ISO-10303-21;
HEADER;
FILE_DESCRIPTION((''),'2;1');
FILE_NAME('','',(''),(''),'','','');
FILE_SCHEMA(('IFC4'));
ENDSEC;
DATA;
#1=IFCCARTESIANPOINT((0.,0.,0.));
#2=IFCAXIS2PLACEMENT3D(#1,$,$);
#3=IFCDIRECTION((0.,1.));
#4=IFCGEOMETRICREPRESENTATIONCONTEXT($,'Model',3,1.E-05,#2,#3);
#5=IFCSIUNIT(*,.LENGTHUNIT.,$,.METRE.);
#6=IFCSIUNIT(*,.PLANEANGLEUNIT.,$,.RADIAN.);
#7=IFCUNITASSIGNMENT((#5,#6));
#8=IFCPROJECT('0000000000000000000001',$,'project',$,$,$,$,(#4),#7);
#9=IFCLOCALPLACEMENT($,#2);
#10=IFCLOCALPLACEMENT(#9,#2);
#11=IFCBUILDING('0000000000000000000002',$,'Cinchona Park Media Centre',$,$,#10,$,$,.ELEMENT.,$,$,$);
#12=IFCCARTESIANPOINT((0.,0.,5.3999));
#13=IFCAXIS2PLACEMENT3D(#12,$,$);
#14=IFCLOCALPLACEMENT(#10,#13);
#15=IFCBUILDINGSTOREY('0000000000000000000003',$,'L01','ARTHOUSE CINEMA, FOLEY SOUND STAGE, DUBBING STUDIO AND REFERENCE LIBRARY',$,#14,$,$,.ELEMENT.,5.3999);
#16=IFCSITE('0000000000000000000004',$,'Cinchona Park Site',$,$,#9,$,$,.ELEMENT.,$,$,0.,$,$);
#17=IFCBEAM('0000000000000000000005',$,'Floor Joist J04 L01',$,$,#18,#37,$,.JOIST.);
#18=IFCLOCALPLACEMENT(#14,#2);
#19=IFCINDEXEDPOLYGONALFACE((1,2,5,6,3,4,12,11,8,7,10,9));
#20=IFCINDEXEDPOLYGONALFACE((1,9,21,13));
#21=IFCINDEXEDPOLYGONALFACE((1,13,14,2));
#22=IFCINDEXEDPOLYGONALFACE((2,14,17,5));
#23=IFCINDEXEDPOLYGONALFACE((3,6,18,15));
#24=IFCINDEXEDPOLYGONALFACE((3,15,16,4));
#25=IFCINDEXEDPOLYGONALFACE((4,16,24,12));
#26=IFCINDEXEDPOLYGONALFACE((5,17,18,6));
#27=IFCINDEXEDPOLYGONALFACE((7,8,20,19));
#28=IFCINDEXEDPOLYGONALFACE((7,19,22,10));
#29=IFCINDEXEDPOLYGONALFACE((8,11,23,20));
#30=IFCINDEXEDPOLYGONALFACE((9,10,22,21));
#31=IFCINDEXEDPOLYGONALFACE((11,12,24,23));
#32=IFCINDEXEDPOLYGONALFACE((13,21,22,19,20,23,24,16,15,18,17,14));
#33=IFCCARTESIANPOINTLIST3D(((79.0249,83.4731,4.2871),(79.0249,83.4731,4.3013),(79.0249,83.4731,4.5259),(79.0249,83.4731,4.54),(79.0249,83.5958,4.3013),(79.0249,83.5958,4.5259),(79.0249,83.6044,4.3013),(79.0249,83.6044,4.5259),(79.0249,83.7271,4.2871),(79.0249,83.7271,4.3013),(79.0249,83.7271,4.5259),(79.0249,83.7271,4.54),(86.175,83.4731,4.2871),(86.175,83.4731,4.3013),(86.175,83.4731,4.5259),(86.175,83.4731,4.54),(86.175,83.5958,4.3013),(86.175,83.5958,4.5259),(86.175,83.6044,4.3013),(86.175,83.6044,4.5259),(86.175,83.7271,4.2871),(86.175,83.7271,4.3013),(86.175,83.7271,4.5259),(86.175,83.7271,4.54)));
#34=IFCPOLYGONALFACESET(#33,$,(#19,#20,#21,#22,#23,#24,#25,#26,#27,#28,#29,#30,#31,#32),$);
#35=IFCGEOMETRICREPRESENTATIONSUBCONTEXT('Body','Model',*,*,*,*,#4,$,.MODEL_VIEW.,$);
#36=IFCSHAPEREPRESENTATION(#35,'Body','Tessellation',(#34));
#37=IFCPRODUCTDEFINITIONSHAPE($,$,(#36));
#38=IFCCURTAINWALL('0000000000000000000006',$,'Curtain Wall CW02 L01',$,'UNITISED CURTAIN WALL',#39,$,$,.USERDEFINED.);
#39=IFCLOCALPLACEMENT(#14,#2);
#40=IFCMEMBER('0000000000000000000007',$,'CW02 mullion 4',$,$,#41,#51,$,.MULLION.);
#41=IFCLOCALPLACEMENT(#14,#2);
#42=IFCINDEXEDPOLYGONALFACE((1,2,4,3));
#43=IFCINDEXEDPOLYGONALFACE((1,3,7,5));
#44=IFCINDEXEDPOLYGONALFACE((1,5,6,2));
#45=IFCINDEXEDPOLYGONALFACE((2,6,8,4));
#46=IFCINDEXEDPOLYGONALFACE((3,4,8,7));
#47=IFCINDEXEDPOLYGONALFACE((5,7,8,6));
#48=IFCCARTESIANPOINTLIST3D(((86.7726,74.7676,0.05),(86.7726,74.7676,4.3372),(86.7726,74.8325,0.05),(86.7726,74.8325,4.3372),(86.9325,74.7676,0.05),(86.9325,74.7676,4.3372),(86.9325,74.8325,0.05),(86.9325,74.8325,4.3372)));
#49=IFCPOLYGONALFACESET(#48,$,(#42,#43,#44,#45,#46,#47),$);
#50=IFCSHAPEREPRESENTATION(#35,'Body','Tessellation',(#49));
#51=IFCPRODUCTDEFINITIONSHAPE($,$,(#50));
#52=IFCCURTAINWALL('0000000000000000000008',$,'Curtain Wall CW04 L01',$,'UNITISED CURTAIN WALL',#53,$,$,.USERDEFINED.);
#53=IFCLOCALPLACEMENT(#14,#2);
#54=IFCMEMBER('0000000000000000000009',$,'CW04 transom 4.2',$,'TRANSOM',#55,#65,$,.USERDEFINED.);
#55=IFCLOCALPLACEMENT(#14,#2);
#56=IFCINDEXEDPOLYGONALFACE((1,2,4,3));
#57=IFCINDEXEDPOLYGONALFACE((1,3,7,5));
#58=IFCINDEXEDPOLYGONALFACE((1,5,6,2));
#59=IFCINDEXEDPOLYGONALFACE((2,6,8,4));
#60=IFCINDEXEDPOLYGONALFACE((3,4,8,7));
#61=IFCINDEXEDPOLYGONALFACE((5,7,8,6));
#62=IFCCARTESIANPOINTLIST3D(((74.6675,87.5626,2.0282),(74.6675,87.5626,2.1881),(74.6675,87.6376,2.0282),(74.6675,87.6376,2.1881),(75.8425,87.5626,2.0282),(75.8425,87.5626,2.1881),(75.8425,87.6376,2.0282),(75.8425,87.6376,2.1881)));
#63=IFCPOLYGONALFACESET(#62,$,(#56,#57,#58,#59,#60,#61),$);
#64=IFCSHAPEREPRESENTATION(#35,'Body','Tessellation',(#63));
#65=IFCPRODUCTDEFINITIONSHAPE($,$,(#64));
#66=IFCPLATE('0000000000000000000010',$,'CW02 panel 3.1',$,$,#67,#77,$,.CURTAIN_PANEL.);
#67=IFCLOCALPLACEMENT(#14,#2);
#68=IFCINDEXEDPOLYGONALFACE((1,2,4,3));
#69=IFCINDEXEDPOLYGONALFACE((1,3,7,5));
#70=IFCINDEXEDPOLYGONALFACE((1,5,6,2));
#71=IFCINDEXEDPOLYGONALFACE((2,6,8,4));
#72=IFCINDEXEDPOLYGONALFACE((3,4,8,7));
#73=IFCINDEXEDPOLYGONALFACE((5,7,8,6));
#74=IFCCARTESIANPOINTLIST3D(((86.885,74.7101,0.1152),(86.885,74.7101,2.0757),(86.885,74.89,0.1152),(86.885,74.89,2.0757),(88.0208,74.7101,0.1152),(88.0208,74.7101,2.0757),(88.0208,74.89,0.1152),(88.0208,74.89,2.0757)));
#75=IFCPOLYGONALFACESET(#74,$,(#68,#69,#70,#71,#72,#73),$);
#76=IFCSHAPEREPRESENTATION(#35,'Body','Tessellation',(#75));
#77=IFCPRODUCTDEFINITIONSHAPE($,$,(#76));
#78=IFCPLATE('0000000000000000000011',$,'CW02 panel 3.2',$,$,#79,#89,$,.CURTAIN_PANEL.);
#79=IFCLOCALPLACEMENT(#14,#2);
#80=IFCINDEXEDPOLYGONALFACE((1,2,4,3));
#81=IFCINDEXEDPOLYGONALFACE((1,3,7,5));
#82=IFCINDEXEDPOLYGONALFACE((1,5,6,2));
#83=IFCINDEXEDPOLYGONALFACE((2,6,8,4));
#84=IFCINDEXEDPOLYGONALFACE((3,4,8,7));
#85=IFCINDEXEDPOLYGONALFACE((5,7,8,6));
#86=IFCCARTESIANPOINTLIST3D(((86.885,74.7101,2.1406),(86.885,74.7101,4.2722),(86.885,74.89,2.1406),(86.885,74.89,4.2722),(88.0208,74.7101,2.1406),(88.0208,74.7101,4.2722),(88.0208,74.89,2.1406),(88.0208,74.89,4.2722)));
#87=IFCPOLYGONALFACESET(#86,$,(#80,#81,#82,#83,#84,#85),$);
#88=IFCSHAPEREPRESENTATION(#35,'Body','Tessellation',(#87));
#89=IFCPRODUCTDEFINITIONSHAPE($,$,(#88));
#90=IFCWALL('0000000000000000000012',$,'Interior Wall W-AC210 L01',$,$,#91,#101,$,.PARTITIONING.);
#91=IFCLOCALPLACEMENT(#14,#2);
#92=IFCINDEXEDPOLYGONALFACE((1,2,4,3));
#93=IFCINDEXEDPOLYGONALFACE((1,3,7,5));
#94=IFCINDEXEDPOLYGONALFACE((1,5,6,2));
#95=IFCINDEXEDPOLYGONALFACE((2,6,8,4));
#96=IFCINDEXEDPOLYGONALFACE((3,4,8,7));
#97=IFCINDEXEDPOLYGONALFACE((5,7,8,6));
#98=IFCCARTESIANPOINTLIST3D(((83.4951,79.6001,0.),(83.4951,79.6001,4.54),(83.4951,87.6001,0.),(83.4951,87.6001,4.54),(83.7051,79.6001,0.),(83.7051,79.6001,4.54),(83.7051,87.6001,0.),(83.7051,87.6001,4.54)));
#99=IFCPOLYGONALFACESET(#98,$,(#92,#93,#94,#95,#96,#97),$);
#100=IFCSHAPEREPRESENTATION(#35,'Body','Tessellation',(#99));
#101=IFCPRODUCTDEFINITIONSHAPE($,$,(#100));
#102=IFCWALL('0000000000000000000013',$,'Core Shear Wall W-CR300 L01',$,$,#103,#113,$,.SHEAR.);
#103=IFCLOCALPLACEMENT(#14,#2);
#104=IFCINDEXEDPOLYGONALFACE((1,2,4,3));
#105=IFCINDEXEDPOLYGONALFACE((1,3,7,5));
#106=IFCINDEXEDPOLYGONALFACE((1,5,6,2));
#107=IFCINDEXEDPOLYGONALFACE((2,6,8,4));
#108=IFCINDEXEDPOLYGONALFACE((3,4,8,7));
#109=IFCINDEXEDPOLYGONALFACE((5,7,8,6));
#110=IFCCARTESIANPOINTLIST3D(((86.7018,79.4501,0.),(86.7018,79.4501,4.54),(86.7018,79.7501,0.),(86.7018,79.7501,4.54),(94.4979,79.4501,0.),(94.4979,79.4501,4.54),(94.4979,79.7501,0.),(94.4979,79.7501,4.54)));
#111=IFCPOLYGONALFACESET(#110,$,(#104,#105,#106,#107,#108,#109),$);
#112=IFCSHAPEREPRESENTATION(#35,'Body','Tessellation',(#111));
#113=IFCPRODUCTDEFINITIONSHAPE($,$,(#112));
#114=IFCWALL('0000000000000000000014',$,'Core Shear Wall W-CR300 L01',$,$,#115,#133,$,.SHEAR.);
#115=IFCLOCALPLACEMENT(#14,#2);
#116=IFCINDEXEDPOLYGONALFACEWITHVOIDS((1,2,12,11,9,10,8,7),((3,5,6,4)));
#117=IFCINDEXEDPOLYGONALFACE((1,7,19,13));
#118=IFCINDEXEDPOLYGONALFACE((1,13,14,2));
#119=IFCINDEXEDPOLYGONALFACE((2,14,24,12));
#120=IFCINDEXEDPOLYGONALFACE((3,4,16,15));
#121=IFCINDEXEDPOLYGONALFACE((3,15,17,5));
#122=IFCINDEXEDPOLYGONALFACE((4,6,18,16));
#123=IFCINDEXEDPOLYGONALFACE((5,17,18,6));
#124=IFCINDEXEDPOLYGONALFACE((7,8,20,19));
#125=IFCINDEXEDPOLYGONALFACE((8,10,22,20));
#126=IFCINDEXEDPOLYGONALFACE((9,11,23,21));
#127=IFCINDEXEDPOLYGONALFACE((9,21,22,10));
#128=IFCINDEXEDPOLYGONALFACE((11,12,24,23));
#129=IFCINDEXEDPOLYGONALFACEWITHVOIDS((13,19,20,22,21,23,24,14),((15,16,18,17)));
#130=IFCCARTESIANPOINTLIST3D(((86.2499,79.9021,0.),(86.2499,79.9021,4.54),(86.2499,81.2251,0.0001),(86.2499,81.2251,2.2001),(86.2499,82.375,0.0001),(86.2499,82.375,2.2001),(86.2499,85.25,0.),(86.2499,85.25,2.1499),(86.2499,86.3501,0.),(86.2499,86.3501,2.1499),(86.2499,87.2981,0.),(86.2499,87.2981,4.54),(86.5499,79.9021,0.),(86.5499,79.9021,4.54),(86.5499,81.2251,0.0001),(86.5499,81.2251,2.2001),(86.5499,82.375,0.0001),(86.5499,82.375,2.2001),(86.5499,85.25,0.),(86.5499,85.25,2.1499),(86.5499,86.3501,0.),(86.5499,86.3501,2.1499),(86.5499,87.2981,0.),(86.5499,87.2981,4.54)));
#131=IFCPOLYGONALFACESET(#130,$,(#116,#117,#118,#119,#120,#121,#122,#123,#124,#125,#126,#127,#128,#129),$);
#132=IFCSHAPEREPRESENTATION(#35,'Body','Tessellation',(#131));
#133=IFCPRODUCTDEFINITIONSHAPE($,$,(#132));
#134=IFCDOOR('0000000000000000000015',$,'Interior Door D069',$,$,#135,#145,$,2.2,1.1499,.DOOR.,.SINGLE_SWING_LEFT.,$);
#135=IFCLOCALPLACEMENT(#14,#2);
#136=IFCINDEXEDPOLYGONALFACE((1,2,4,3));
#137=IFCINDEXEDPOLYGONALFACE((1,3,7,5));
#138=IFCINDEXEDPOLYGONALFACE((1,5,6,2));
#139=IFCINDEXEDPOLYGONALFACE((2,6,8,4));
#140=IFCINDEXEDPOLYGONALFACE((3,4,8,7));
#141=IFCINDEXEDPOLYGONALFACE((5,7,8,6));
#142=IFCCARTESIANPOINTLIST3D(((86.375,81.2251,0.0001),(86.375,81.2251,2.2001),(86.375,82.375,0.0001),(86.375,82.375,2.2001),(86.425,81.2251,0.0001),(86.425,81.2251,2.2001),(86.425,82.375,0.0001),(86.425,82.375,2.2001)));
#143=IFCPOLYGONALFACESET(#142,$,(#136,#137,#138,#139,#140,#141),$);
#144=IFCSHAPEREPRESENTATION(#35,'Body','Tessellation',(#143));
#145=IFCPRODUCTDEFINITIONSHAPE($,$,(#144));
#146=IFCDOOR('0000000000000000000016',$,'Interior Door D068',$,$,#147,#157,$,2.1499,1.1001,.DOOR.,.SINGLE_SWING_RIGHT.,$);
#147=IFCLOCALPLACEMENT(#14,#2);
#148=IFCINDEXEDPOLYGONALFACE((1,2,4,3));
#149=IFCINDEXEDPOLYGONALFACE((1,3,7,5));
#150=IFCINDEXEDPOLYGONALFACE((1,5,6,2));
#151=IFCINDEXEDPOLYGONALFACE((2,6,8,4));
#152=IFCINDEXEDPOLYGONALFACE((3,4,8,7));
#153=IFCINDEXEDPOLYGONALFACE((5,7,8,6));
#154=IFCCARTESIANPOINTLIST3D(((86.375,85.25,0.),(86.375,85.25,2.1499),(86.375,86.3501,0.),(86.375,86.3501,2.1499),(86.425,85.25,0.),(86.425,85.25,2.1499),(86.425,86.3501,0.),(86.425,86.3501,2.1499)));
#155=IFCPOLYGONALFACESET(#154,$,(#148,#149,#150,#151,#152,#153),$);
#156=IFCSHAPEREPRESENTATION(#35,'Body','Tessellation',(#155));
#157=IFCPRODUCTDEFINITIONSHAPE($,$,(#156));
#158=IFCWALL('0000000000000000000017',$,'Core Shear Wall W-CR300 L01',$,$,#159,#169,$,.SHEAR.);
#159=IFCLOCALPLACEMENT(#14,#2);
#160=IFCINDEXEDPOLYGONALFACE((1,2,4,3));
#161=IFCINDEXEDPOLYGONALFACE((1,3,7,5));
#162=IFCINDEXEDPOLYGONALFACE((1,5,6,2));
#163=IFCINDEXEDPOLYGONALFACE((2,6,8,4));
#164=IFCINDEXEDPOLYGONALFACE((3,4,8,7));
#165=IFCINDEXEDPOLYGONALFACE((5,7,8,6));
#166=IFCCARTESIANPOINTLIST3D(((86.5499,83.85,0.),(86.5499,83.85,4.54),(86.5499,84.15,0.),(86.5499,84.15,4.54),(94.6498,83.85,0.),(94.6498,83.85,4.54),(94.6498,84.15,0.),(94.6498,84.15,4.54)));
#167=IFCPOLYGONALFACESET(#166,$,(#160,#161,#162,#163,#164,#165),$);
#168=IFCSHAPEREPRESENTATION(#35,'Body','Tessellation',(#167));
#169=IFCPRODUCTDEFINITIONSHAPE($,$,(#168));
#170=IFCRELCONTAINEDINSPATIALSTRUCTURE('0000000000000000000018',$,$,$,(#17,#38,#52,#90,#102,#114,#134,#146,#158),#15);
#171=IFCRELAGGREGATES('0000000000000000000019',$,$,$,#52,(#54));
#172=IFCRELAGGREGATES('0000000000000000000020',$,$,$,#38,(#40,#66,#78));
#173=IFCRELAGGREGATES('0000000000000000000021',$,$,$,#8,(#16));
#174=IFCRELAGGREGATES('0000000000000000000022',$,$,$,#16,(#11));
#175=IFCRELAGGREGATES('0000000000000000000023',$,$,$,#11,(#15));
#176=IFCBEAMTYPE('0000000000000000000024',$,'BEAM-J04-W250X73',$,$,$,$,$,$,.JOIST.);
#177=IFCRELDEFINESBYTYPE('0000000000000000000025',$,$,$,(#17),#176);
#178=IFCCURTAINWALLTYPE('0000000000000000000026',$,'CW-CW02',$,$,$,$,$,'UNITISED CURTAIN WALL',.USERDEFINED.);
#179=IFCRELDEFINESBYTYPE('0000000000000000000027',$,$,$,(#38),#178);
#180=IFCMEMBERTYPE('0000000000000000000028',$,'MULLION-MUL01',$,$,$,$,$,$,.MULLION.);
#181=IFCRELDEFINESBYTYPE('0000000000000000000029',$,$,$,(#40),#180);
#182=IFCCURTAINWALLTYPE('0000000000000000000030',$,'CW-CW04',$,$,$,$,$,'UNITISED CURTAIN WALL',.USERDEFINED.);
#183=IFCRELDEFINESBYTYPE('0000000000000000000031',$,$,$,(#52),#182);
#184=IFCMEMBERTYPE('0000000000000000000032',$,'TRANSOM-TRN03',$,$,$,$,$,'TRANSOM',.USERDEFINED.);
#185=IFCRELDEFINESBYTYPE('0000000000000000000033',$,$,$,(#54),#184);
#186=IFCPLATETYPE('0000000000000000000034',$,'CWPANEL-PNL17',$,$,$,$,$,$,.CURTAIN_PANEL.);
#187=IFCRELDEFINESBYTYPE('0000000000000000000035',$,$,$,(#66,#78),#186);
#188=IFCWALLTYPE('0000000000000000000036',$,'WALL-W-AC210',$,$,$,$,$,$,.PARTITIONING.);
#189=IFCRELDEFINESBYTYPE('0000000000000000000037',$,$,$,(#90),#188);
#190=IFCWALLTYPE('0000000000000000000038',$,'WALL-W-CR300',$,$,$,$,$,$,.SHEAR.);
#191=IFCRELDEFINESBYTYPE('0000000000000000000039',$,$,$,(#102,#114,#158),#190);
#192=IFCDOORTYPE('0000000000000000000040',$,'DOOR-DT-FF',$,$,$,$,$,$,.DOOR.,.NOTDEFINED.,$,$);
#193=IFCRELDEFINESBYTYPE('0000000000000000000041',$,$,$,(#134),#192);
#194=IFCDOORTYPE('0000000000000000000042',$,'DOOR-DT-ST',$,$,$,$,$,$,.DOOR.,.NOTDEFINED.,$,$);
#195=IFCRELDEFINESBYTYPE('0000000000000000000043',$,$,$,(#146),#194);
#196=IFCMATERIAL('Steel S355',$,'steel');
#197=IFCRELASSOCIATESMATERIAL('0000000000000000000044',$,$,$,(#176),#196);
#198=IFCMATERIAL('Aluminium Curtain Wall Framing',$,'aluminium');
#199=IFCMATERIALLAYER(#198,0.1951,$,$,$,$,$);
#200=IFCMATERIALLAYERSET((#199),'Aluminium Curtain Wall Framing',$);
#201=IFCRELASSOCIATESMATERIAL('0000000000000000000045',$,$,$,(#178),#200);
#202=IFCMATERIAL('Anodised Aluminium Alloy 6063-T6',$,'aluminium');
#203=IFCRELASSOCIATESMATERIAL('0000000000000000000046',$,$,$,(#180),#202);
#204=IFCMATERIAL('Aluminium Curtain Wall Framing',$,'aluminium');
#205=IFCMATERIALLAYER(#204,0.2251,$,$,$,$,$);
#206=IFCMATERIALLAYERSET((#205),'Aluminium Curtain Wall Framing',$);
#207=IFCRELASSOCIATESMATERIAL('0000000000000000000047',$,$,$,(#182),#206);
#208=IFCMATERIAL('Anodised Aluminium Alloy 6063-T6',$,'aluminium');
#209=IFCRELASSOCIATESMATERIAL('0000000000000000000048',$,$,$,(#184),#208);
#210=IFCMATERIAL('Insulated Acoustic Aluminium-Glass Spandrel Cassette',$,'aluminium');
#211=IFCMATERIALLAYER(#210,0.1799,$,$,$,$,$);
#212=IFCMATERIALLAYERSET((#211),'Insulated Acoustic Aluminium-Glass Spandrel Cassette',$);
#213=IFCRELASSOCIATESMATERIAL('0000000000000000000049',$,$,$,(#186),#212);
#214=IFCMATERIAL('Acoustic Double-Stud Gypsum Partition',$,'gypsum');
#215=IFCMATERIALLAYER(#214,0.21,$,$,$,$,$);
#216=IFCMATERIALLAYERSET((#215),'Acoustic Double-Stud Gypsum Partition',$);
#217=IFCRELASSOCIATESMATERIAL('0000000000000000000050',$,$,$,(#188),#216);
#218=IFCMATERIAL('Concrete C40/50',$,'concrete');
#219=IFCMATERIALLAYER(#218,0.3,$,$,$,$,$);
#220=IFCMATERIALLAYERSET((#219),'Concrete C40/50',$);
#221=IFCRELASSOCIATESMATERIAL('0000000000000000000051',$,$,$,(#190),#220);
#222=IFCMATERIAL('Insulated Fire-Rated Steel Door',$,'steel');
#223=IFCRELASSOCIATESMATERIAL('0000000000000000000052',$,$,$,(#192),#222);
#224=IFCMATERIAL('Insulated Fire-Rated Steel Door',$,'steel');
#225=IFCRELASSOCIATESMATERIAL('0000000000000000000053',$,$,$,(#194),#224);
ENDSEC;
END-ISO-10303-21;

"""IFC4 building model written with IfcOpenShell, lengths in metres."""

from ifc_helpers import new_model, si_unit, direction, frame, frame_2d, origin, origin_2d, place, context, subcontext, project, spatial, rectangle, i_section, extrude, material, layer, layer_set, material_profile, profile_set, type_object, element, fill, aggregate, save


model = new_model("IFC4")

# Units and contexts
model_context = context("Model", 3, precision=1e-05, world=origin(), true_north=direction((0.0, 1.0)))
body_context = subcontext(model_context, "Body", "Model", "MODEL_VIEW")
ifc_project = project(units=[si_unit("LENGTHUNIT", "METRE"), si_unit("PLANEANGLEUNIT", "RADIAN")], contexts=[model_context])

# Site, building, storey
site_placement = place(None, origin())
site = spatial("IfcSite", under=ifc_project, at=site_placement, Name="Cinchona Park Site", CompositionType="ELEMENT", RefElevation=0.0)
building_placement = place(site_placement, origin())
building = spatial("IfcBuilding", under=site, at=building_placement, Name="Cinchona Park Media Centre", CompositionType="ELEMENT")
storey_placement = place(building_placement, frame((0.0, 0.0, 5.3999)))
storey = spatial("IfcBuildingStorey", under=building, at=storey_placement, Name="L01", Description="ARTHOUSE CINEMA, FOLEY SOUND STAGE, DUBBING STUDIO AND REFERENCE LIBRARY", CompositionType="ELEMENT", Elevation=5.3999)

# Beam
ifc_material_1 = material(Name="Steel S355", Category="steel")
ifc_material_profile_1 = material_profile(ifc_material_1, i_section(OverallWidth=0.2539, OverallDepth=0.2529, WebThickness=0.0085, FlangeThickness=0.0142, at=origin_2d()), Name="W250X73")
ifc_profile_set_1 = profile_set([ifc_material_profile_1], Name="Steel S355")
beam_type_1 = type_object("IfcBeamType", Name="BEAM-J04-W250X73", PredefinedType="JOIST", material=ifc_profile_set_1)
beam_1_placement = place(storey_placement, frame((79.0249, 83.6001, 4.4136), z_axis=(1.0, 0.0, 0.0), x_axis=(0.0, 1.0, 0.0)))
element("IfcBeam", 1, at=beam_1_placement, inside=storey, type_object=beam_type_1, Name="Floor Joist J04 L01", PredefinedType="JOIST", context=body_context, shape_type="SweptSolid", body=[
    extrude(i_section(OverallWidth=0.2539, OverallDepth=0.2529, WebThickness=0.0085, FlangeThickness=0.0142, at=origin_2d()), origin(), (0.0, 0.0, 1.0), 7.1501),
])

# Curtain walls, members
ifc_material_2 = material(Name="Aluminium Curtain Wall Framing", Category="aluminium")
ifc_layer_1 = layer(ifc_material_2, 0.1951)
ifc_layer_set_1 = layer_set([ifc_layer_1], Name="Aluminium Curtain Wall Framing")
curtain_wall_type_1 = type_object("IfcCurtainWallType", Name="CW-CW02", ElementType="UNITISED CURTAIN WALL", PredefinedType="USERDEFINED", material=ifc_layer_set_1)
curtain_wall_1_placement = place(storey_placement, origin())
curtain_wall_1 = element("IfcCurtainWall", 2, at=curtain_wall_1_placement, inside=storey, type_object=curtain_wall_type_1, Name="Curtain Wall CW02 L01", ObjectType="UNITISED CURTAIN WALL", PredefinedType="USERDEFINED")
ifc_material_3 = material(Name="Anodised Aluminium Alloy 6063-T6", Category="aluminium")
ifc_material_profile_2 = material_profile(ifc_material_3, rectangle(XDim=0.0649, YDim=0.1599, at=origin_2d()), Name="MUL-65X160")
ifc_profile_set_2 = profile_set([ifc_material_profile_2], Name="Anodised Aluminium Alloy 6063-T6")
member_type_1 = type_object("IfcMemberType", Name="MULLION-MUL01", PredefinedType="MULLION", material=ifc_profile_set_2)
member_1_placement = place(storey_placement, frame((86.8525, 74.8, 0.05), z_axis=(0.0, 0.0, 1.0), x_axis=(0.0, -1.0, 0.0)))
member_1 = element("IfcMember", 3, at=member_1_placement, type_object=member_type_1, Name="CW02 mullion 4", PredefinedType="MULLION", context=body_context, shape_type="SweptSolid", body=[
    extrude(rectangle(XDim=0.0649, YDim=0.1599, at=origin_2d()), origin(), (0.0, 0.0, 1.0), 4.2871),
])
ifc_material_4 = material(Name="Aluminium Curtain Wall Framing", Category="aluminium")
ifc_layer_2 = layer(ifc_material_4, 0.2251)
ifc_layer_set_2 = layer_set([ifc_layer_2], Name="Aluminium Curtain Wall Framing")
curtain_wall_type_2 = type_object("IfcCurtainWallType", Name="CW-CW04", ElementType="UNITISED CURTAIN WALL", PredefinedType="USERDEFINED", material=ifc_layer_set_2)
curtain_wall_2_placement = place(storey_placement, origin())
curtain_wall_2 = element("IfcCurtainWall", 4, at=curtain_wall_2_placement, inside=storey, type_object=curtain_wall_type_2, Name="Curtain Wall CW04 L01", ObjectType="UNITISED CURTAIN WALL", PredefinedType="USERDEFINED")
ifc_material_5 = material(Name="Anodised Aluminium Alloy 6063-T6", Category="aluminium")
ifc_material_profile_3 = material_profile(ifc_material_5, rectangle(XDim=0.075, YDim=0.1599, at=origin_2d()), Name="TRN-75X160")
ifc_profile_set_3 = profile_set([ifc_material_profile_3], Name="Anodised Aluminium Alloy 6063-T6")
member_type_2 = type_object("IfcMemberType", Name="TRANSOM-TRN03", ElementType="TRANSOM", PredefinedType="USERDEFINED", material=ifc_profile_set_3)
member_2_placement = place(storey_placement, frame((74.6675, 87.6001, 2.1082), z_axis=(1.0, 0.0, 0.0), x_axis=(0.0, 1.0, 0.0)))
member_2 = element("IfcMember", 5, at=member_2_placement, type_object=member_type_2, Name="CW04 transom 4.2", ObjectType="TRANSOM", PredefinedType="USERDEFINED", context=body_context, shape_type="SweptSolid", body=[
    extrude(rectangle(XDim=0.075, YDim=0.1599, at=origin_2d()), origin(), (0.0, 0.0, 1.0), 1.175),
])
aggregate(curtain_wall_2, [member_2])

# Plates
ifc_material_6 = material(Name="Insulated Acoustic Aluminium-Glass Spandrel Cassette", Category="aluminium")
ifc_layer_3 = layer(ifc_material_6, 0.1799)
ifc_layer_set_3 = layer_set([ifc_layer_3], Name="Insulated Acoustic Aluminium-Glass Spandrel Cassette")
plate_type = type_object("IfcPlateType", Name="CWPANEL-PNL17", PredefinedType="CURTAIN_PANEL", material=ifc_layer_set_3)
plate_1_placement = place(storey_placement, frame((87.4529, 74.8, 0.1152), z_axis=(0.0, 0.0, 1.0), x_axis=(-1.0, 0.0, 0.0)))
plate_1 = element("IfcPlate", 6, at=plate_1_placement, type_object=plate_type, Name="CW02 panel 3.1", PredefinedType="CURTAIN_PANEL", context=body_context, shape_type="SweptSolid", body=[
    extrude(rectangle(XDim=1.1357, YDim=0.1799, at=origin_2d()), origin(), (0.0, 0.0, 1.0), 1.9604),
])
plate_2_placement = place(storey_placement, frame((87.4529, 74.8, 2.1406), z_axis=(0.0, 0.0, 1.0), x_axis=(-1.0, 0.0, 0.0)))
plate_2 = element("IfcPlate", 7, at=plate_2_placement, type_object=plate_type, Name="CW02 panel 3.2", PredefinedType="CURTAIN_PANEL", context=body_context, shape_type="SweptSolid", body=[
    extrude(rectangle(XDim=1.1357, YDim=0.1799, at=origin_2d()), origin(), (0.0, 0.0, 1.0), 2.1316),
])
aggregate(curtain_wall_1, [member_1, plate_1, plate_2])

# Walls
ifc_material_7 = material(Name="Acoustic Double-Stud Gypsum Partition", Category="gypsum")
ifc_layer_4 = layer(ifc_material_7, 0.21)
ifc_layer_set_4 = layer_set([ifc_layer_4], Name="Acoustic Double-Stud Gypsum Partition")
wall_type_1 = type_object("IfcWallType", Name="WALL-W-AC210", PredefinedType="PARTITIONING", material=ifc_layer_set_4)
wall_1_placement = place(storey_placement, frame((83.6001, 79.6001, 0.0), z_axis=(0.0, 0.0, 1.0), x_axis=(0.0, 1.0, 0.0)))
element("IfcWall", 8, at=wall_1_placement, inside=storey, type_object=wall_type_1, Name="Interior Wall W-AC210 L01", PredefinedType="PARTITIONING", context=body_context, shape_type="SweptSolid", body=[
    extrude(rectangle(XDim=8.0, YDim=0.21, at=frame_2d((4.0, 0.0))), origin(), (0.0, 0.0, 1.0), 4.54),
])
ifc_material_8 = material(Name="Concrete C40/50", Category="concrete")
ifc_layer_5 = layer(ifc_material_8, 0.3)
ifc_layer_set_5 = layer_set([ifc_layer_5], Name="Concrete C40/50")
wall_type_2 = type_object("IfcWallType", Name="WALL-W-CR300", PredefinedType="SHEAR", material=ifc_layer_set_5)
wall_2_placement = place(storey_placement, frame((86.7019, 79.6001, 0.0), z_axis=(0.0, 0.0, 1.0), x_axis=(1.0, 0.0, 0.0)))
element("IfcWall", 9, at=wall_2_placement, inside=storey, type_object=wall_type_2, Name="Core Shear Wall W-CR300 L01", PredefinedType="SHEAR", context=body_context, shape_type="SweptSolid", body=[
    extrude(rectangle(XDim=7.7961, YDim=0.3, at=frame_2d((3.8979, 0.0))), origin(), (0.0, 0.0, 1.0), 4.54),
])

# Wall, openings, doors
wall_3_placement = place(storey_placement, frame((86.3999, 79.9021, 0.0), z_axis=(0.0, 0.0, 1.0), x_axis=(0.0, 1.0, 0.0)))
wall_3 = element("IfcWall", 10, at=wall_3_placement, inside=storey, type_object=wall_type_2, Name="Core Shear Wall W-CR300 L01", PredefinedType="SHEAR", context=body_context, shape_type="SweptSolid", body=[
    extrude(rectangle(XDim=7.396, YDim=0.3, at=frame_2d((3.698, 0.0))), origin(), (0.0, 0.0, 1.0), 4.54),
])
opening_1_placement = place(wall_3_placement, frame((5.3479, 0.0, 0.0)))
opening_1 = element("IfcOpeningElement", 11, at=opening_1_placement, cuts=wall_3, PredefinedType="OPENING", context=body_context, shape_type="SweptSolid", body=[
    extrude(rectangle(XDim=1.1001, YDim=2.1499, at=frame_2d((0.55, 1.075))), frame((0.0, 0.1599, 0.0), z_axis=(0.0, -1.0, 0.0), x_axis=(1.0, 0.0, 0.0)), (0.0, 0.0, 1.0), 0.3201),
])
opening_2_placement = place(wall_3_placement, frame((1.323, 0.0, 0.0)))
opening_2 = element("IfcOpeningElement", 12, at=opening_2_placement, cuts=wall_3, PredefinedType="OPENING", context=body_context, shape_type="SweptSolid", body=[
    extrude(rectangle(XDim=1.1499, YDim=2.2, at=frame_2d((0.575, 1.1001))), frame((0.0, 0.1599, 0.0), z_axis=(0.0, -1.0, 0.0), x_axis=(1.0, 0.0, 0.0)), (0.0, 0.0, 1.0), 0.3201),
])
ifc_material_9 = material(Name="Insulated Fire-Rated Steel Door", Category="steel")
door_type_1 = type_object("IfcDoorType", Name="DOOR-DT-FF", OperationType="NOTDEFINED", PredefinedType="DOOR", material=ifc_material_9)
door_1_placement = place(opening_2_placement, origin())
door_1 = element("IfcDoor", 13, at=door_1_placement, inside=storey, type_object=door_type_1, Name="Interior Door D069", OperationType="SINGLE_SWING_LEFT", OverallHeight=2.2, OverallWidth=1.1499, PredefinedType="DOOR", context=body_context, shape_type="SweptSolid", body=[
    extrude(rectangle(XDim=1.1499, YDim=2.2, at=frame_2d((0.575, 1.1001))), frame((0.0, 0.0249, 0.0), z_axis=(0.0, -1.0, 0.0), x_axis=(1.0, 0.0, 0.0)), (0.0, 0.0, 1.0), 0.05),
])
fill(opening_2, door_1)
ifc_material_10 = material(Name="Insulated Fire-Rated Steel Door", Category="steel")
door_type_2 = type_object("IfcDoorType", Name="DOOR-DT-ST", OperationType="NOTDEFINED", PredefinedType="DOOR", material=ifc_material_10)
door_2_placement = place(opening_1_placement, origin())
door_2 = element("IfcDoor", 14, at=door_2_placement, inside=storey, type_object=door_type_2, Name="Interior Door D068", OperationType="SINGLE_SWING_RIGHT", OverallHeight=2.1499, OverallWidth=1.1001, PredefinedType="DOOR", context=body_context, shape_type="SweptSolid", body=[
    extrude(rectangle(XDim=1.1001, YDim=2.1499, at=frame_2d((0.55, 1.075))), frame((0.0, 0.0249, 0.0), z_axis=(0.0, -1.0, 0.0), x_axis=(1.0, 0.0, 0.0)), (0.0, 0.0, 1.0), 0.05),
])
fill(opening_1, door_2)

# Wall
wall_4_placement = place(storey_placement, frame((86.55, 84.0, 0.0), z_axis=(0.0, 0.0, 1.0), x_axis=(1.0, 0.0, 0.0)))
element("IfcWall", 15, at=wall_4_placement, inside=storey, type_object=wall_type_2, Name="Core Shear Wall W-CR300 L01", PredefinedType="SHEAR", context=body_context, shape_type="SweptSolid", body=[
    extrude(rectangle(XDim=8.0999, YDim=0.3, at=frame_2d((4.0498, 0.0))), origin(), (0.0, 0.0, 1.0), 4.54),
])

save(model, "model.ifc")
